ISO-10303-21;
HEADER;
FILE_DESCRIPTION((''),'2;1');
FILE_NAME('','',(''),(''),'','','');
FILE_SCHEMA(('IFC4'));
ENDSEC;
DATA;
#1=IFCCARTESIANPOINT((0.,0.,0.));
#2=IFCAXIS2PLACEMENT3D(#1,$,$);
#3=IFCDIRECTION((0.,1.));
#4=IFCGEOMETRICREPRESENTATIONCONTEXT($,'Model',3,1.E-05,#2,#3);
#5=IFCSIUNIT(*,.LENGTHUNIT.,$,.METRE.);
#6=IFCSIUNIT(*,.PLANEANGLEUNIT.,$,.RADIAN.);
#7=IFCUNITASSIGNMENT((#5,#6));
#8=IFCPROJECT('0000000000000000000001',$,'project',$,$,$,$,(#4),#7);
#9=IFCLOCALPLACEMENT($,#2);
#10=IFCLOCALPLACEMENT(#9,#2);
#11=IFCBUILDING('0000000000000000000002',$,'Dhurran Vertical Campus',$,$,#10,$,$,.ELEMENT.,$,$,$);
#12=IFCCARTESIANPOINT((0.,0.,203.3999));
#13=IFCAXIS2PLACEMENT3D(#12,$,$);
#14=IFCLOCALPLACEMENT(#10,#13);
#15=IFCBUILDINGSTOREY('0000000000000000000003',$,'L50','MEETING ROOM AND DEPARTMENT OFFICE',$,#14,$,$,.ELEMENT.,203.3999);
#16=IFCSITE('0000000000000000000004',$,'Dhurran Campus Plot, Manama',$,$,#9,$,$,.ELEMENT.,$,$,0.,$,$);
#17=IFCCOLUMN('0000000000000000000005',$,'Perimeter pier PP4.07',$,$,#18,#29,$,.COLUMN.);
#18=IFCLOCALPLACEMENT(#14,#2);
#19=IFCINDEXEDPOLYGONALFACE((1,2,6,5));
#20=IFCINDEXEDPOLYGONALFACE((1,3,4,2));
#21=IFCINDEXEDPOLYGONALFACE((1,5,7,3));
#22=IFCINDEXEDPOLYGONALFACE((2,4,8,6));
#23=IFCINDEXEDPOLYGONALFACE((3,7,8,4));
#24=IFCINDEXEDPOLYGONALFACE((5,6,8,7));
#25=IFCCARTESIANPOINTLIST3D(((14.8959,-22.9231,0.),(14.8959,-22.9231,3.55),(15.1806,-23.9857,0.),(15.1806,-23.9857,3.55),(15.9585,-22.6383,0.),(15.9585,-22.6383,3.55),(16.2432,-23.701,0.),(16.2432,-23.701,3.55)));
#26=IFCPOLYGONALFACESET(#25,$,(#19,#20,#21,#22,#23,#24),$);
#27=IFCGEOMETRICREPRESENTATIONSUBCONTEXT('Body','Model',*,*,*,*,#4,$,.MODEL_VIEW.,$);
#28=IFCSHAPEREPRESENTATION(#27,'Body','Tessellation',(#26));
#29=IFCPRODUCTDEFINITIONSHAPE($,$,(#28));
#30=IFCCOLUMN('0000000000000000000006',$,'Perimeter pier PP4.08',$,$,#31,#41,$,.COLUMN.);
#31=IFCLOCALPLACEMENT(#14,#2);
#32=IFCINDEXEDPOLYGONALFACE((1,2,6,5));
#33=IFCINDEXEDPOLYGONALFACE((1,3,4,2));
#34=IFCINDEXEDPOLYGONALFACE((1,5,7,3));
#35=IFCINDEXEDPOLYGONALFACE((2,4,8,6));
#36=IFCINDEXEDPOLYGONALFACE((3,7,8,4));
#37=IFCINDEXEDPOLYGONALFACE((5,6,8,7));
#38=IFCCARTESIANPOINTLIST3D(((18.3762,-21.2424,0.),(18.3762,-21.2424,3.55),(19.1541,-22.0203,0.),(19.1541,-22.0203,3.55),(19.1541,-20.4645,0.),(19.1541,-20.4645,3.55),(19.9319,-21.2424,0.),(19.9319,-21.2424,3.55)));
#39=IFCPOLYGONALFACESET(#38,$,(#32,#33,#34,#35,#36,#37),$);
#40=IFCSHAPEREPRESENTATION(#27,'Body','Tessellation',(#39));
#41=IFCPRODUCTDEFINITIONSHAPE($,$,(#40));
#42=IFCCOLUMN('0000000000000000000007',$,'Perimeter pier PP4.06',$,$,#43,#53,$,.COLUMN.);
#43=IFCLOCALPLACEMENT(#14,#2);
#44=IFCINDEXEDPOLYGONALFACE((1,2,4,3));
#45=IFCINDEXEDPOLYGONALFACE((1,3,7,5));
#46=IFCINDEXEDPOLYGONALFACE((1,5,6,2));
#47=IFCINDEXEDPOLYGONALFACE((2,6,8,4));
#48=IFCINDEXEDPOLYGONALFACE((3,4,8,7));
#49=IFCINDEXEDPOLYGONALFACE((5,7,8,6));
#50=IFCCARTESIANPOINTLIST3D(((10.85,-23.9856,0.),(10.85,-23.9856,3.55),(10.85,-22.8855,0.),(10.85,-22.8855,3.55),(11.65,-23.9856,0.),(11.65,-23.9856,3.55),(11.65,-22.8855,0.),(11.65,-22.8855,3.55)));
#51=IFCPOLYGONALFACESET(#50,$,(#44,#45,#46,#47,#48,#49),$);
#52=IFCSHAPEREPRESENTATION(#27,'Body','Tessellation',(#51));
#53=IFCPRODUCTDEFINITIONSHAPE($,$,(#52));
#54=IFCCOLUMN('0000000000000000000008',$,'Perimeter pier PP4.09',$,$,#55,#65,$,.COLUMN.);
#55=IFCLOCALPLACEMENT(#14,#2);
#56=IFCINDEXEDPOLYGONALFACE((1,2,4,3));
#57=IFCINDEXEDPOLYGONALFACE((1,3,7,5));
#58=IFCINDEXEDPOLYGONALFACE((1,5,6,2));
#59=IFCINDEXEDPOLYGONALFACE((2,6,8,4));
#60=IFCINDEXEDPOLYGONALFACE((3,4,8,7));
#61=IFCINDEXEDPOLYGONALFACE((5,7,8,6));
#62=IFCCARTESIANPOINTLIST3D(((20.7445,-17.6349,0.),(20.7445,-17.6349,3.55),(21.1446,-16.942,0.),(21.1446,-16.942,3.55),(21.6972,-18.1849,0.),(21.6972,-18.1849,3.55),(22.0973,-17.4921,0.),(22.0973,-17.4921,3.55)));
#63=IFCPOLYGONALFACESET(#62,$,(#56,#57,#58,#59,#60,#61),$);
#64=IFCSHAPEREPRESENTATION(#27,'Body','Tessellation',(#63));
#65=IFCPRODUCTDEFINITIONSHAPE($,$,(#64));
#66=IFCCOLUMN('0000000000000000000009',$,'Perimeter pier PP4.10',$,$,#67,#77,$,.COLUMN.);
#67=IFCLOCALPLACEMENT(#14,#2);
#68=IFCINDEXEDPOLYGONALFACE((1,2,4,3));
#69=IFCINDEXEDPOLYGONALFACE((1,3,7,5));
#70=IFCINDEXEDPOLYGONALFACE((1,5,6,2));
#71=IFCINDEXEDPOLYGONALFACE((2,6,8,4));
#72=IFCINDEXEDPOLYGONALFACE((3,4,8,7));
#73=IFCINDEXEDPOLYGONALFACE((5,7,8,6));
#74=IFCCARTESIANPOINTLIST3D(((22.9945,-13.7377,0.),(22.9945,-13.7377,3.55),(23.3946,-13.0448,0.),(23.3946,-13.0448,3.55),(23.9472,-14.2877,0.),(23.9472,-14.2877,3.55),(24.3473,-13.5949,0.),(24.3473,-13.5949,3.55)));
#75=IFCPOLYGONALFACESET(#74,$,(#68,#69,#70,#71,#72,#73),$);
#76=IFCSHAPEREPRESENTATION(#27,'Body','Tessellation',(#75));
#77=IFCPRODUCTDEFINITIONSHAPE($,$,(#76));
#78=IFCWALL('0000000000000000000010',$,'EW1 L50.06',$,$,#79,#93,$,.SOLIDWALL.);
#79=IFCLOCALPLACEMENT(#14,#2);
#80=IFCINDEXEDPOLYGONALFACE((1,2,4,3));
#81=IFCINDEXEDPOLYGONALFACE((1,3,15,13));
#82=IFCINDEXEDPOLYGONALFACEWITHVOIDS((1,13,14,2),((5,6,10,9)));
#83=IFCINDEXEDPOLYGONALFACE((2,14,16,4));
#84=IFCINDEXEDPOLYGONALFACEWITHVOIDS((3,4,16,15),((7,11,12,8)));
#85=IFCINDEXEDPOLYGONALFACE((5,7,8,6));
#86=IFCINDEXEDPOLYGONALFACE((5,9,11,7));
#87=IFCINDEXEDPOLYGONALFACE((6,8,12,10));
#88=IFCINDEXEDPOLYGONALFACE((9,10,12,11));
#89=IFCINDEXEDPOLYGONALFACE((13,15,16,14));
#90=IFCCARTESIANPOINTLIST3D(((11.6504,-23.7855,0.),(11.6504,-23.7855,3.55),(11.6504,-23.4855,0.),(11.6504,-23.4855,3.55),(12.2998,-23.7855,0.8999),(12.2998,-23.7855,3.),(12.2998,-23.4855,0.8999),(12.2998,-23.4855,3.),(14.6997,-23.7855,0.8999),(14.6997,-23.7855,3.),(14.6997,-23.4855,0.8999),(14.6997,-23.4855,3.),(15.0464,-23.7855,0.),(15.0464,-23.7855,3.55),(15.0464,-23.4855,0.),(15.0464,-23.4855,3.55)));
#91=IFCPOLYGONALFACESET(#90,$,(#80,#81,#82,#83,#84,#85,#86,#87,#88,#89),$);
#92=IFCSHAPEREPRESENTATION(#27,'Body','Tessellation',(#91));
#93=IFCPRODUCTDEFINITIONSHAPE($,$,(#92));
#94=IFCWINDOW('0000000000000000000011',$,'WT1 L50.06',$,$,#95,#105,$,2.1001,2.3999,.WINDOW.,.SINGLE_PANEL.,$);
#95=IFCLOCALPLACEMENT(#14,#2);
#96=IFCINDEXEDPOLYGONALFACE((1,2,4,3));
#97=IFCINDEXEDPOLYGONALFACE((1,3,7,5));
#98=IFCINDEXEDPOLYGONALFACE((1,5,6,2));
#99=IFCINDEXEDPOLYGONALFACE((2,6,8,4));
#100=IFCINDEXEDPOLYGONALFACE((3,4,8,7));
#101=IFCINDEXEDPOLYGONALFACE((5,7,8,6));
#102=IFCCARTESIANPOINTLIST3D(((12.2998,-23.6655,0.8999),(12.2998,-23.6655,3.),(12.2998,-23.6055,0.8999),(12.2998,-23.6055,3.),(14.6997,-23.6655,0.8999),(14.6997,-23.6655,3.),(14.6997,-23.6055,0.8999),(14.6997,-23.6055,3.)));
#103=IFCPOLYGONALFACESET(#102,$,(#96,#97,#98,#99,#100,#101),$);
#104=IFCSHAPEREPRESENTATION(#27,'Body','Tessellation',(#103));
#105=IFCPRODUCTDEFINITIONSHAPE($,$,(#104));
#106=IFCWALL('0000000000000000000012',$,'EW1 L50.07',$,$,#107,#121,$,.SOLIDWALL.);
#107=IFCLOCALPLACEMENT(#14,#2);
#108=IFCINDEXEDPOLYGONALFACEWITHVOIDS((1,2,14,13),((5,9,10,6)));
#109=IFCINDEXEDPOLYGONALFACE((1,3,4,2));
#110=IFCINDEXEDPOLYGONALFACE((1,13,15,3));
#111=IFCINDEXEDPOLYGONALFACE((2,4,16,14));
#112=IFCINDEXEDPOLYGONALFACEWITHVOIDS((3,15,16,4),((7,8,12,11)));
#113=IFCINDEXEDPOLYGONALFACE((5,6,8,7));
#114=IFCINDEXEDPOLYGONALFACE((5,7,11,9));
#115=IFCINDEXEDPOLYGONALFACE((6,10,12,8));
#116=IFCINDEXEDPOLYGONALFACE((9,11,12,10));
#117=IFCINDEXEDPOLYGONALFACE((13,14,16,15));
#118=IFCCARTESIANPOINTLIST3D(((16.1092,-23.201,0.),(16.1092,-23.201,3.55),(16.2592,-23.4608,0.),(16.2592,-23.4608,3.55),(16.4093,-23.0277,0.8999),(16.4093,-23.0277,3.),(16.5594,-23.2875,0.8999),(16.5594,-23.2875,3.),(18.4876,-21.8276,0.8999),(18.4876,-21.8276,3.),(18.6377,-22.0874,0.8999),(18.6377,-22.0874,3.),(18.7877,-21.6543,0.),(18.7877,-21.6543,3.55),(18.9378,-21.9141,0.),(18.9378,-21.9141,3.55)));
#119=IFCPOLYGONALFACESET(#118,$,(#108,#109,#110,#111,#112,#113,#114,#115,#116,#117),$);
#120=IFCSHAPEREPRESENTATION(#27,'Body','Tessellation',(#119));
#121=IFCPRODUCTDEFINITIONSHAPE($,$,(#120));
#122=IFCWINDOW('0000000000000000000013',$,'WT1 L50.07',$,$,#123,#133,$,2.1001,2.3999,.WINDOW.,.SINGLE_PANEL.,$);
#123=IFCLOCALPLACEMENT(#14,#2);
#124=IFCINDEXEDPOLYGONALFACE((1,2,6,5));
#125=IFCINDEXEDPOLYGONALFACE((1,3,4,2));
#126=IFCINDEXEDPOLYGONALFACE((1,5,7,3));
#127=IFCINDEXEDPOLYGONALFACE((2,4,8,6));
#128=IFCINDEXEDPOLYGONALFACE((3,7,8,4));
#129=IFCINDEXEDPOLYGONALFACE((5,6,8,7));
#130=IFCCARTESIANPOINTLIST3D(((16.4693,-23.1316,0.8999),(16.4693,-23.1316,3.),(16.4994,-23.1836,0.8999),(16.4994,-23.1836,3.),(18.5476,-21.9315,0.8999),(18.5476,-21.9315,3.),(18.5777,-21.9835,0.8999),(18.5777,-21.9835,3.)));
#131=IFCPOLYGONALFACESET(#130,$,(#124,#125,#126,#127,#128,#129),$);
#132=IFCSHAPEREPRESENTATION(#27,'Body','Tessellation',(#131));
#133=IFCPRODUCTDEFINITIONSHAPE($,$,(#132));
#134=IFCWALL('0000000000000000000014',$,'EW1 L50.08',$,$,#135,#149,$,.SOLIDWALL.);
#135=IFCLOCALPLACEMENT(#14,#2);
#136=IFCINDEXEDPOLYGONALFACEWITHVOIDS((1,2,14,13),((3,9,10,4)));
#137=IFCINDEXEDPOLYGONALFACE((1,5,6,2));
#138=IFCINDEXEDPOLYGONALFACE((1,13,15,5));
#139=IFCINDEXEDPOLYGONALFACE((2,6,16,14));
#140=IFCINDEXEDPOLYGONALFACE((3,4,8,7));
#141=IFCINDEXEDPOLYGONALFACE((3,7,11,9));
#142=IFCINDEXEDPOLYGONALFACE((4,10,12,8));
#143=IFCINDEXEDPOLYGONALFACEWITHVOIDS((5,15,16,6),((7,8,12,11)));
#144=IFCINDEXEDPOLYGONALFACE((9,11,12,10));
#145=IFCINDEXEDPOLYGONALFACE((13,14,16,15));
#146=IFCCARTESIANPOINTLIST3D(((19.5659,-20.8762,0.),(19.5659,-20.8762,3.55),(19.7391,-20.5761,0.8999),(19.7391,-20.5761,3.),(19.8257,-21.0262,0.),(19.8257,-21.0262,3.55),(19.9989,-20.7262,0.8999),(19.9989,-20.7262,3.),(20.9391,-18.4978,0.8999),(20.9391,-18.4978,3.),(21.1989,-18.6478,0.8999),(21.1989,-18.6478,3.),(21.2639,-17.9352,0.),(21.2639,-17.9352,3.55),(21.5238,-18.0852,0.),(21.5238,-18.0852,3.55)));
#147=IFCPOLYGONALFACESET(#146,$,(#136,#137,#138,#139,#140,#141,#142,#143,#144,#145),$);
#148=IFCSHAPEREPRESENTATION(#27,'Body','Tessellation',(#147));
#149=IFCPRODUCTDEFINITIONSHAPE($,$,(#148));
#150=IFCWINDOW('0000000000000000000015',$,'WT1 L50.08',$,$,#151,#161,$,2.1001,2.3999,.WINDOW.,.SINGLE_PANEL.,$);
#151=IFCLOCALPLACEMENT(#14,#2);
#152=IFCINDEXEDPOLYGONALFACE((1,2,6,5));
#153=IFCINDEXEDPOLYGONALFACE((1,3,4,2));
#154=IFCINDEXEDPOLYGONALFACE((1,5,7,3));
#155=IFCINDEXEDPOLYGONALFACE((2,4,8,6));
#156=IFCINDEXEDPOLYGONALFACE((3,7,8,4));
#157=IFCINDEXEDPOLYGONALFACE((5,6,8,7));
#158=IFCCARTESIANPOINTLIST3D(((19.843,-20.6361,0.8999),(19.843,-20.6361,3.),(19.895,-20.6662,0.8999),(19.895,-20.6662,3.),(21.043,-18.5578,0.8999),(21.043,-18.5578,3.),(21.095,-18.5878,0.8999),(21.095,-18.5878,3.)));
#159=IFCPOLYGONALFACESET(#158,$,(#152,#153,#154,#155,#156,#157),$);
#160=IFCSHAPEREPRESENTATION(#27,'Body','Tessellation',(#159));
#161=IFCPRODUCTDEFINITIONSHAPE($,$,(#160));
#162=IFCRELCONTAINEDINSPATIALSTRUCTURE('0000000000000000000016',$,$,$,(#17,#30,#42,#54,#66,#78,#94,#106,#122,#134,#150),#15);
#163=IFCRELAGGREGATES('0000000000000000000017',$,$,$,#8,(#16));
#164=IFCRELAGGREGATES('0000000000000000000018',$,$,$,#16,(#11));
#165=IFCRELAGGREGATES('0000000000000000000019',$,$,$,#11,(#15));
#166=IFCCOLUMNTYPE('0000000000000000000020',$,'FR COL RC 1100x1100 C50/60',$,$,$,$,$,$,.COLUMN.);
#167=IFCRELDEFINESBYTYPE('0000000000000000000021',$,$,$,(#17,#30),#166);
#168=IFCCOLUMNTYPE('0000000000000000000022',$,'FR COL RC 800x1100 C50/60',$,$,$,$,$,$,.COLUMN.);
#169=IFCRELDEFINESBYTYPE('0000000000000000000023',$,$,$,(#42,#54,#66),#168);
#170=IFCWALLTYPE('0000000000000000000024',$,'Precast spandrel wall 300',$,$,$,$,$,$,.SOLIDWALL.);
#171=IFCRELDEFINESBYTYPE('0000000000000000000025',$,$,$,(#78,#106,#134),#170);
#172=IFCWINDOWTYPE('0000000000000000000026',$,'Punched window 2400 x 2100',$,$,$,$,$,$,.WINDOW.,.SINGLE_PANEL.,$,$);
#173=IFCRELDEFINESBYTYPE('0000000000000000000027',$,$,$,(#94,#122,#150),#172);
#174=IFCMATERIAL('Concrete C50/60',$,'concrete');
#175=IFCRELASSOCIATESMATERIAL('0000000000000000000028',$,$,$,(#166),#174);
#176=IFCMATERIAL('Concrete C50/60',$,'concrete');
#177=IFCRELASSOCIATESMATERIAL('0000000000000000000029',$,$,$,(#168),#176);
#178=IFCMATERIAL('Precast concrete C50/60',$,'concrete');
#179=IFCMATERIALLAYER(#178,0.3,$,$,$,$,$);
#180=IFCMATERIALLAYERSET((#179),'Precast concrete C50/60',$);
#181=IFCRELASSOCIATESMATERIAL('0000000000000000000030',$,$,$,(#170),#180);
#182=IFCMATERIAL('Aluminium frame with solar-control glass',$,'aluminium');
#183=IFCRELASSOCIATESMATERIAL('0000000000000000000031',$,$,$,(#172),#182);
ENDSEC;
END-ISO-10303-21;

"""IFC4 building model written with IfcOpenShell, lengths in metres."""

from ifc_helpers import new_model, si_unit, direction, frame, frame_2d, origin, origin_2d, place, context, subcontext, project, spatial, rectangle, extrude, material, layer, layer_set, material_profile, profile_set, type_object, element, fill, save


model = new_model("IFC4")

# Units and contexts
model_context = context("Model", 3, precision=1e-05, world=origin(), true_north=direction((0.0, 1.0)))
body_context = subcontext(model_context, "Body", "Model", "MODEL_VIEW")
ifc_project = project(units=[si_unit("LENGTHUNIT", "METRE"), si_unit("PLANEANGLEUNIT", "RADIAN")], contexts=[model_context])

# Site, building, storey
site_placement = place(None, origin())
site = spatial("IfcSite", under=ifc_project, at=site_placement, Name="Dhurran Campus Plot, Manama", CompositionType="ELEMENT", RefElevation=0.0)
building_placement = place(site_placement, origin())
building = spatial("IfcBuilding", under=site, at=building_placement, Name="Dhurran Vertical Campus", CompositionType="ELEMENT")
storey_placement = place(building_placement, frame((0.0, 0.0, 203.3999)))
storey = spatial("IfcBuildingStorey", under=building, at=storey_placement, Name="L50", Description="MEETING ROOM AND DEPARTMENT OFFICE", CompositionType="ELEMENT", Elevation=203.3999)

# Columns
ifc_material_1 = material(Name="Concrete C50/60", Category="concrete")
ifc_material_profile_1 = material_profile(ifc_material_1, rectangle(XDim=1.1001, YDim=1.1001, at=origin_2d()), Name="RC 1100x1100")
ifc_profile_set_1 = profile_set([ifc_material_profile_1], Name="Concrete C50/60")
column_type_1 = type_object("IfcColumnType", Name="FR COL RC 1100x1100 C50/60", PredefinedType="COLUMN", material=ifc_profile_set_1)
for number, where, z_axis, x_axis, name in (
    (1, (15.5696, -23.312, 0.0), (0.0, 0.0, 1.0), (0.965926, 0.258819, 0.0), "Perimeter pier PP4.07"),
    (2, (19.1541, -21.2424, 0.0), (0.0, 0.0, 1.0), (0.707107, 0.707107, 0.0), "Perimeter pier PP4.08"),
):
    element("IfcColumn", number, at=place(storey_placement, frame(where, z_axis=z_axis, x_axis=x_axis)), inside=storey, type_object=column_type_1, Name=name, PredefinedType="COLUMN", context=body_context, shape_type="SweptSolid", body=[
        extrude(rectangle(XDim=1.1001, YDim=1.1001, at=origin_2d()), origin(), (0.0, 0.0, 1.0), 3.55),
    ])
ifc_material_2 = material(Name="Concrete C50/60", Category="concrete")
ifc_material_profile_2 = material_profile(ifc_material_2, rectangle(XDim=0.8, YDim=1.1001, at=origin_2d()), Name="RC 800x1100")
ifc_profile_set_2 = profile_set([ifc_material_profile_2], Name="Concrete C50/60")
column_type_2 = type_object("IfcColumnType", Name="FR COL RC 800x1100 C50/60", PredefinedType="COLUMN", material=ifc_profile_set_2)
for number, where, z_axis, x_axis, name in (
    (3, (11.25, -23.4355, 0.0), (0.0, 0.0, 1.0), (1.0, 0.0, 0.0), "Perimeter pier PP4.06"),
    (4, (21.4209, -17.5635, 0.0), (0.0, 0.0, 1.0), (0.5, 0.866025, 0.0), "Perimeter pier PP4.09"),
    (5, (23.6709, -13.6663, 0.0), (0.0, 0.0, 1.0), (0.5, 0.866025, 0.0), "Perimeter pier PP4.10"),
):
    element("IfcColumn", number, at=place(storey_placement, frame(where, z_axis=z_axis, x_axis=x_axis)), inside=storey, type_object=column_type_2, Name=name, PredefinedType="COLUMN", context=body_context, shape_type="SweptSolid", body=[
        extrude(rectangle(XDim=0.8, YDim=1.1001, at=origin_2d()), origin(), (0.0, 0.0, 1.0), 3.55),
    ])

# Walls, openings, windows
ifc_material_3 = material(Name="Precast concrete C50/60", Category="concrete")
ifc_layer_1 = layer(ifc_material_3, 0.3)
ifc_layer_set_1 = layer_set([ifc_layer_1], Name="Precast concrete C50/60")
wall_type_1 = type_object("IfcWallType", Name="Precast spandrel wall 300", PredefinedType="SOLIDWALL", material=ifc_layer_set_1)
wall_1_placement = place(storey_placement, frame((11.6504, -23.6355, 0.0), z_axis=(0.0, 0.0, 1.0), x_axis=(1.0, 0.0, 0.0)))
wall_1 = element("IfcWall", 6, at=wall_1_placement, inside=storey, type_object=wall_type_1, Name="EW1 L50.06", PredefinedType="SOLIDWALL", context=body_context, shape_type="SweptSolid", body=[
    extrude(rectangle(XDim=3.396, YDim=0.3, at=frame_2d((1.698, 0.0))), origin(), (0.0, 0.0, 1.0), 3.55),
])
opening_1_placement = place(wall_1_placement, frame((0.6494, 0.0, 0.8999)))
opening_1 = element("IfcOpeningElement", 7, at=opening_1_placement, cuts=wall_1, PredefinedType="OPENING", context=body_context, shape_type="SweptSolid", body=[
    extrude(rectangle(XDim=2.3999, YDim=2.1001, at=frame_2d((1.2, 1.05))), frame((0.0, 0.1599, 0.0), z_axis=(0.0, -1.0, 0.0), x_axis=(1.0, 0.0, 0.0)), (0.0, 0.0, 1.0), 0.3201),
])
ifc_material_4 = material(Name="Aluminium frame with solar-control glass", Category="aluminium")
window_type = type_object("IfcWindowType", Name="Punched window 2400 x 2100", PartitioningType="SINGLE_PANEL", PredefinedType="WINDOW", material=ifc_material_4)
window_1_placement = place(opening_1_placement, origin())
window_1 = element("IfcWindow", 8, at=window_1_placement, inside=storey, type_object=window_type, Name="WT1 L50.06", OverallHeight=2.1001, OverallWidth=2.3999, PartitioningType="SINGLE_PANEL", PredefinedType="WINDOW", context=body_context, shape_type="SweptSolid", body=[
    extrude(rectangle(XDim=2.3999, YDim=2.1001, at=frame_2d((1.2, 1.05))), frame((0.0, 0.03, 0.0), z_axis=(0.0, -1.0, 0.0), x_axis=(1.0, 0.0, 0.0)), (0.0, 0.0, 1.0), 0.0601),
])
fill(opening_1, window_1)
wall_2_placement = place(storey_placement, frame((16.1843, -23.3308, 0.0), z_axis=(0.0, 0.0, 1.0), x_axis=(0.865995, 0.500053, 0.0)))
wall_2 = element("IfcWall", 9, at=wall_2_placement, inside=storey, type_object=wall_type_1, Name="EW1 L50.07", PredefinedType="SOLIDWALL", context=body_context, shape_type="SweptSolid", body=[
    extrude(rectangle(XDim=3.093, YDim=0.3, at=frame_2d((1.5464, 0.0))), origin(), (0.0, 0.0, 1.0), 3.55),
])
opening_2_placement = place(wall_2_placement, frame((0.3464, 0.0, 0.8999)))
opening_2 = element("IfcOpeningElement", 10, at=opening_2_placement, cuts=wall_2, PredefinedType="OPENING", context=body_context, shape_type="SweptSolid", body=[
    extrude(rectangle(XDim=2.3999, YDim=2.1001, at=frame_2d((1.2, 1.05))), frame((0.0, 0.1599, 0.0), z_axis=(0.0, -1.0, 0.0), x_axis=(1.0, 0.0, 0.0)), (0.0, 0.0, 1.0), 0.3201),
])
window_2_placement = place(opening_2_placement, origin())
window_2 = element("IfcWindow", 11, at=window_2_placement, inside=storey, type_object=window_type, Name="WT1 L50.07", OverallHeight=2.1001, OverallWidth=2.3999, PartitioningType="SINGLE_PANEL", PredefinedType="WINDOW", context=body_context, shape_type="SweptSolid", body=[
    extrude(rectangle(XDim=2.3999, YDim=2.1001, at=frame_2d((1.2, 1.05))), frame((0.0, 0.03, 0.0), z_axis=(0.0, -1.0, 0.0), x_axis=(1.0, 0.0, 0.0)), (0.0, 0.0, 1.0), 0.0601),
])
fill(opening_2, window_2)
wall_3_placement = place(storey_placement, frame((19.6958, -20.9512, 0.0), z_axis=(0.0, 0.0, 1.0), x_axis=(0.500013, 0.866018, 0.0)))
wall_3 = element("IfcWall", 12, at=wall_3_placement, inside=storey, type_object=wall_type_1, Name="EW1 L50.08", PredefinedType="SOLIDWALL", context=body_context, shape_type="SweptSolid", body=[
    extrude(rectangle(XDim=3.396, YDim=0.3, at=frame_2d((1.698, 0.0))), origin(), (0.0, 0.0, 1.0), 3.55),
])
opening_3_placement = place(wall_3_placement, frame((0.3464, 0.0, 0.8999)))
opening_3 = element("IfcOpeningElement", 13, at=opening_3_placement, cuts=wall_3, PredefinedType="OPENING", context=body_context, shape_type="SweptSolid", body=[
    extrude(rectangle(XDim=2.3999, YDim=2.1001, at=frame_2d((1.2, 1.05))), frame((0.0, 0.1599, 0.0), z_axis=(0.0, -1.0, 0.0), x_axis=(1.0, 0.0, 0.0)), (0.0, 0.0, 1.0), 0.3201),
])
window_3_placement = place(opening_3_placement, origin())
window_3 = element("IfcWindow", 14, at=window_3_placement, inside=storey, type_object=window_type, Name="WT1 L50.08", OverallHeight=2.1001, OverallWidth=2.3999, PartitioningType="SINGLE_PANEL", PredefinedType="WINDOW", context=body_context, shape_type="SweptSolid", body=[
    extrude(rectangle(XDim=2.3999, YDim=2.1001, at=frame_2d((1.2, 1.05))), frame((0.0, 0.03, 0.0), z_axis=(0.0, -1.0, 0.0), x_axis=(1.0, 0.0, 0.0)), (0.0, 0.0, 1.0), 0.0601),
])
fill(opening_3, window_3)

save(model, "model.ifc")
